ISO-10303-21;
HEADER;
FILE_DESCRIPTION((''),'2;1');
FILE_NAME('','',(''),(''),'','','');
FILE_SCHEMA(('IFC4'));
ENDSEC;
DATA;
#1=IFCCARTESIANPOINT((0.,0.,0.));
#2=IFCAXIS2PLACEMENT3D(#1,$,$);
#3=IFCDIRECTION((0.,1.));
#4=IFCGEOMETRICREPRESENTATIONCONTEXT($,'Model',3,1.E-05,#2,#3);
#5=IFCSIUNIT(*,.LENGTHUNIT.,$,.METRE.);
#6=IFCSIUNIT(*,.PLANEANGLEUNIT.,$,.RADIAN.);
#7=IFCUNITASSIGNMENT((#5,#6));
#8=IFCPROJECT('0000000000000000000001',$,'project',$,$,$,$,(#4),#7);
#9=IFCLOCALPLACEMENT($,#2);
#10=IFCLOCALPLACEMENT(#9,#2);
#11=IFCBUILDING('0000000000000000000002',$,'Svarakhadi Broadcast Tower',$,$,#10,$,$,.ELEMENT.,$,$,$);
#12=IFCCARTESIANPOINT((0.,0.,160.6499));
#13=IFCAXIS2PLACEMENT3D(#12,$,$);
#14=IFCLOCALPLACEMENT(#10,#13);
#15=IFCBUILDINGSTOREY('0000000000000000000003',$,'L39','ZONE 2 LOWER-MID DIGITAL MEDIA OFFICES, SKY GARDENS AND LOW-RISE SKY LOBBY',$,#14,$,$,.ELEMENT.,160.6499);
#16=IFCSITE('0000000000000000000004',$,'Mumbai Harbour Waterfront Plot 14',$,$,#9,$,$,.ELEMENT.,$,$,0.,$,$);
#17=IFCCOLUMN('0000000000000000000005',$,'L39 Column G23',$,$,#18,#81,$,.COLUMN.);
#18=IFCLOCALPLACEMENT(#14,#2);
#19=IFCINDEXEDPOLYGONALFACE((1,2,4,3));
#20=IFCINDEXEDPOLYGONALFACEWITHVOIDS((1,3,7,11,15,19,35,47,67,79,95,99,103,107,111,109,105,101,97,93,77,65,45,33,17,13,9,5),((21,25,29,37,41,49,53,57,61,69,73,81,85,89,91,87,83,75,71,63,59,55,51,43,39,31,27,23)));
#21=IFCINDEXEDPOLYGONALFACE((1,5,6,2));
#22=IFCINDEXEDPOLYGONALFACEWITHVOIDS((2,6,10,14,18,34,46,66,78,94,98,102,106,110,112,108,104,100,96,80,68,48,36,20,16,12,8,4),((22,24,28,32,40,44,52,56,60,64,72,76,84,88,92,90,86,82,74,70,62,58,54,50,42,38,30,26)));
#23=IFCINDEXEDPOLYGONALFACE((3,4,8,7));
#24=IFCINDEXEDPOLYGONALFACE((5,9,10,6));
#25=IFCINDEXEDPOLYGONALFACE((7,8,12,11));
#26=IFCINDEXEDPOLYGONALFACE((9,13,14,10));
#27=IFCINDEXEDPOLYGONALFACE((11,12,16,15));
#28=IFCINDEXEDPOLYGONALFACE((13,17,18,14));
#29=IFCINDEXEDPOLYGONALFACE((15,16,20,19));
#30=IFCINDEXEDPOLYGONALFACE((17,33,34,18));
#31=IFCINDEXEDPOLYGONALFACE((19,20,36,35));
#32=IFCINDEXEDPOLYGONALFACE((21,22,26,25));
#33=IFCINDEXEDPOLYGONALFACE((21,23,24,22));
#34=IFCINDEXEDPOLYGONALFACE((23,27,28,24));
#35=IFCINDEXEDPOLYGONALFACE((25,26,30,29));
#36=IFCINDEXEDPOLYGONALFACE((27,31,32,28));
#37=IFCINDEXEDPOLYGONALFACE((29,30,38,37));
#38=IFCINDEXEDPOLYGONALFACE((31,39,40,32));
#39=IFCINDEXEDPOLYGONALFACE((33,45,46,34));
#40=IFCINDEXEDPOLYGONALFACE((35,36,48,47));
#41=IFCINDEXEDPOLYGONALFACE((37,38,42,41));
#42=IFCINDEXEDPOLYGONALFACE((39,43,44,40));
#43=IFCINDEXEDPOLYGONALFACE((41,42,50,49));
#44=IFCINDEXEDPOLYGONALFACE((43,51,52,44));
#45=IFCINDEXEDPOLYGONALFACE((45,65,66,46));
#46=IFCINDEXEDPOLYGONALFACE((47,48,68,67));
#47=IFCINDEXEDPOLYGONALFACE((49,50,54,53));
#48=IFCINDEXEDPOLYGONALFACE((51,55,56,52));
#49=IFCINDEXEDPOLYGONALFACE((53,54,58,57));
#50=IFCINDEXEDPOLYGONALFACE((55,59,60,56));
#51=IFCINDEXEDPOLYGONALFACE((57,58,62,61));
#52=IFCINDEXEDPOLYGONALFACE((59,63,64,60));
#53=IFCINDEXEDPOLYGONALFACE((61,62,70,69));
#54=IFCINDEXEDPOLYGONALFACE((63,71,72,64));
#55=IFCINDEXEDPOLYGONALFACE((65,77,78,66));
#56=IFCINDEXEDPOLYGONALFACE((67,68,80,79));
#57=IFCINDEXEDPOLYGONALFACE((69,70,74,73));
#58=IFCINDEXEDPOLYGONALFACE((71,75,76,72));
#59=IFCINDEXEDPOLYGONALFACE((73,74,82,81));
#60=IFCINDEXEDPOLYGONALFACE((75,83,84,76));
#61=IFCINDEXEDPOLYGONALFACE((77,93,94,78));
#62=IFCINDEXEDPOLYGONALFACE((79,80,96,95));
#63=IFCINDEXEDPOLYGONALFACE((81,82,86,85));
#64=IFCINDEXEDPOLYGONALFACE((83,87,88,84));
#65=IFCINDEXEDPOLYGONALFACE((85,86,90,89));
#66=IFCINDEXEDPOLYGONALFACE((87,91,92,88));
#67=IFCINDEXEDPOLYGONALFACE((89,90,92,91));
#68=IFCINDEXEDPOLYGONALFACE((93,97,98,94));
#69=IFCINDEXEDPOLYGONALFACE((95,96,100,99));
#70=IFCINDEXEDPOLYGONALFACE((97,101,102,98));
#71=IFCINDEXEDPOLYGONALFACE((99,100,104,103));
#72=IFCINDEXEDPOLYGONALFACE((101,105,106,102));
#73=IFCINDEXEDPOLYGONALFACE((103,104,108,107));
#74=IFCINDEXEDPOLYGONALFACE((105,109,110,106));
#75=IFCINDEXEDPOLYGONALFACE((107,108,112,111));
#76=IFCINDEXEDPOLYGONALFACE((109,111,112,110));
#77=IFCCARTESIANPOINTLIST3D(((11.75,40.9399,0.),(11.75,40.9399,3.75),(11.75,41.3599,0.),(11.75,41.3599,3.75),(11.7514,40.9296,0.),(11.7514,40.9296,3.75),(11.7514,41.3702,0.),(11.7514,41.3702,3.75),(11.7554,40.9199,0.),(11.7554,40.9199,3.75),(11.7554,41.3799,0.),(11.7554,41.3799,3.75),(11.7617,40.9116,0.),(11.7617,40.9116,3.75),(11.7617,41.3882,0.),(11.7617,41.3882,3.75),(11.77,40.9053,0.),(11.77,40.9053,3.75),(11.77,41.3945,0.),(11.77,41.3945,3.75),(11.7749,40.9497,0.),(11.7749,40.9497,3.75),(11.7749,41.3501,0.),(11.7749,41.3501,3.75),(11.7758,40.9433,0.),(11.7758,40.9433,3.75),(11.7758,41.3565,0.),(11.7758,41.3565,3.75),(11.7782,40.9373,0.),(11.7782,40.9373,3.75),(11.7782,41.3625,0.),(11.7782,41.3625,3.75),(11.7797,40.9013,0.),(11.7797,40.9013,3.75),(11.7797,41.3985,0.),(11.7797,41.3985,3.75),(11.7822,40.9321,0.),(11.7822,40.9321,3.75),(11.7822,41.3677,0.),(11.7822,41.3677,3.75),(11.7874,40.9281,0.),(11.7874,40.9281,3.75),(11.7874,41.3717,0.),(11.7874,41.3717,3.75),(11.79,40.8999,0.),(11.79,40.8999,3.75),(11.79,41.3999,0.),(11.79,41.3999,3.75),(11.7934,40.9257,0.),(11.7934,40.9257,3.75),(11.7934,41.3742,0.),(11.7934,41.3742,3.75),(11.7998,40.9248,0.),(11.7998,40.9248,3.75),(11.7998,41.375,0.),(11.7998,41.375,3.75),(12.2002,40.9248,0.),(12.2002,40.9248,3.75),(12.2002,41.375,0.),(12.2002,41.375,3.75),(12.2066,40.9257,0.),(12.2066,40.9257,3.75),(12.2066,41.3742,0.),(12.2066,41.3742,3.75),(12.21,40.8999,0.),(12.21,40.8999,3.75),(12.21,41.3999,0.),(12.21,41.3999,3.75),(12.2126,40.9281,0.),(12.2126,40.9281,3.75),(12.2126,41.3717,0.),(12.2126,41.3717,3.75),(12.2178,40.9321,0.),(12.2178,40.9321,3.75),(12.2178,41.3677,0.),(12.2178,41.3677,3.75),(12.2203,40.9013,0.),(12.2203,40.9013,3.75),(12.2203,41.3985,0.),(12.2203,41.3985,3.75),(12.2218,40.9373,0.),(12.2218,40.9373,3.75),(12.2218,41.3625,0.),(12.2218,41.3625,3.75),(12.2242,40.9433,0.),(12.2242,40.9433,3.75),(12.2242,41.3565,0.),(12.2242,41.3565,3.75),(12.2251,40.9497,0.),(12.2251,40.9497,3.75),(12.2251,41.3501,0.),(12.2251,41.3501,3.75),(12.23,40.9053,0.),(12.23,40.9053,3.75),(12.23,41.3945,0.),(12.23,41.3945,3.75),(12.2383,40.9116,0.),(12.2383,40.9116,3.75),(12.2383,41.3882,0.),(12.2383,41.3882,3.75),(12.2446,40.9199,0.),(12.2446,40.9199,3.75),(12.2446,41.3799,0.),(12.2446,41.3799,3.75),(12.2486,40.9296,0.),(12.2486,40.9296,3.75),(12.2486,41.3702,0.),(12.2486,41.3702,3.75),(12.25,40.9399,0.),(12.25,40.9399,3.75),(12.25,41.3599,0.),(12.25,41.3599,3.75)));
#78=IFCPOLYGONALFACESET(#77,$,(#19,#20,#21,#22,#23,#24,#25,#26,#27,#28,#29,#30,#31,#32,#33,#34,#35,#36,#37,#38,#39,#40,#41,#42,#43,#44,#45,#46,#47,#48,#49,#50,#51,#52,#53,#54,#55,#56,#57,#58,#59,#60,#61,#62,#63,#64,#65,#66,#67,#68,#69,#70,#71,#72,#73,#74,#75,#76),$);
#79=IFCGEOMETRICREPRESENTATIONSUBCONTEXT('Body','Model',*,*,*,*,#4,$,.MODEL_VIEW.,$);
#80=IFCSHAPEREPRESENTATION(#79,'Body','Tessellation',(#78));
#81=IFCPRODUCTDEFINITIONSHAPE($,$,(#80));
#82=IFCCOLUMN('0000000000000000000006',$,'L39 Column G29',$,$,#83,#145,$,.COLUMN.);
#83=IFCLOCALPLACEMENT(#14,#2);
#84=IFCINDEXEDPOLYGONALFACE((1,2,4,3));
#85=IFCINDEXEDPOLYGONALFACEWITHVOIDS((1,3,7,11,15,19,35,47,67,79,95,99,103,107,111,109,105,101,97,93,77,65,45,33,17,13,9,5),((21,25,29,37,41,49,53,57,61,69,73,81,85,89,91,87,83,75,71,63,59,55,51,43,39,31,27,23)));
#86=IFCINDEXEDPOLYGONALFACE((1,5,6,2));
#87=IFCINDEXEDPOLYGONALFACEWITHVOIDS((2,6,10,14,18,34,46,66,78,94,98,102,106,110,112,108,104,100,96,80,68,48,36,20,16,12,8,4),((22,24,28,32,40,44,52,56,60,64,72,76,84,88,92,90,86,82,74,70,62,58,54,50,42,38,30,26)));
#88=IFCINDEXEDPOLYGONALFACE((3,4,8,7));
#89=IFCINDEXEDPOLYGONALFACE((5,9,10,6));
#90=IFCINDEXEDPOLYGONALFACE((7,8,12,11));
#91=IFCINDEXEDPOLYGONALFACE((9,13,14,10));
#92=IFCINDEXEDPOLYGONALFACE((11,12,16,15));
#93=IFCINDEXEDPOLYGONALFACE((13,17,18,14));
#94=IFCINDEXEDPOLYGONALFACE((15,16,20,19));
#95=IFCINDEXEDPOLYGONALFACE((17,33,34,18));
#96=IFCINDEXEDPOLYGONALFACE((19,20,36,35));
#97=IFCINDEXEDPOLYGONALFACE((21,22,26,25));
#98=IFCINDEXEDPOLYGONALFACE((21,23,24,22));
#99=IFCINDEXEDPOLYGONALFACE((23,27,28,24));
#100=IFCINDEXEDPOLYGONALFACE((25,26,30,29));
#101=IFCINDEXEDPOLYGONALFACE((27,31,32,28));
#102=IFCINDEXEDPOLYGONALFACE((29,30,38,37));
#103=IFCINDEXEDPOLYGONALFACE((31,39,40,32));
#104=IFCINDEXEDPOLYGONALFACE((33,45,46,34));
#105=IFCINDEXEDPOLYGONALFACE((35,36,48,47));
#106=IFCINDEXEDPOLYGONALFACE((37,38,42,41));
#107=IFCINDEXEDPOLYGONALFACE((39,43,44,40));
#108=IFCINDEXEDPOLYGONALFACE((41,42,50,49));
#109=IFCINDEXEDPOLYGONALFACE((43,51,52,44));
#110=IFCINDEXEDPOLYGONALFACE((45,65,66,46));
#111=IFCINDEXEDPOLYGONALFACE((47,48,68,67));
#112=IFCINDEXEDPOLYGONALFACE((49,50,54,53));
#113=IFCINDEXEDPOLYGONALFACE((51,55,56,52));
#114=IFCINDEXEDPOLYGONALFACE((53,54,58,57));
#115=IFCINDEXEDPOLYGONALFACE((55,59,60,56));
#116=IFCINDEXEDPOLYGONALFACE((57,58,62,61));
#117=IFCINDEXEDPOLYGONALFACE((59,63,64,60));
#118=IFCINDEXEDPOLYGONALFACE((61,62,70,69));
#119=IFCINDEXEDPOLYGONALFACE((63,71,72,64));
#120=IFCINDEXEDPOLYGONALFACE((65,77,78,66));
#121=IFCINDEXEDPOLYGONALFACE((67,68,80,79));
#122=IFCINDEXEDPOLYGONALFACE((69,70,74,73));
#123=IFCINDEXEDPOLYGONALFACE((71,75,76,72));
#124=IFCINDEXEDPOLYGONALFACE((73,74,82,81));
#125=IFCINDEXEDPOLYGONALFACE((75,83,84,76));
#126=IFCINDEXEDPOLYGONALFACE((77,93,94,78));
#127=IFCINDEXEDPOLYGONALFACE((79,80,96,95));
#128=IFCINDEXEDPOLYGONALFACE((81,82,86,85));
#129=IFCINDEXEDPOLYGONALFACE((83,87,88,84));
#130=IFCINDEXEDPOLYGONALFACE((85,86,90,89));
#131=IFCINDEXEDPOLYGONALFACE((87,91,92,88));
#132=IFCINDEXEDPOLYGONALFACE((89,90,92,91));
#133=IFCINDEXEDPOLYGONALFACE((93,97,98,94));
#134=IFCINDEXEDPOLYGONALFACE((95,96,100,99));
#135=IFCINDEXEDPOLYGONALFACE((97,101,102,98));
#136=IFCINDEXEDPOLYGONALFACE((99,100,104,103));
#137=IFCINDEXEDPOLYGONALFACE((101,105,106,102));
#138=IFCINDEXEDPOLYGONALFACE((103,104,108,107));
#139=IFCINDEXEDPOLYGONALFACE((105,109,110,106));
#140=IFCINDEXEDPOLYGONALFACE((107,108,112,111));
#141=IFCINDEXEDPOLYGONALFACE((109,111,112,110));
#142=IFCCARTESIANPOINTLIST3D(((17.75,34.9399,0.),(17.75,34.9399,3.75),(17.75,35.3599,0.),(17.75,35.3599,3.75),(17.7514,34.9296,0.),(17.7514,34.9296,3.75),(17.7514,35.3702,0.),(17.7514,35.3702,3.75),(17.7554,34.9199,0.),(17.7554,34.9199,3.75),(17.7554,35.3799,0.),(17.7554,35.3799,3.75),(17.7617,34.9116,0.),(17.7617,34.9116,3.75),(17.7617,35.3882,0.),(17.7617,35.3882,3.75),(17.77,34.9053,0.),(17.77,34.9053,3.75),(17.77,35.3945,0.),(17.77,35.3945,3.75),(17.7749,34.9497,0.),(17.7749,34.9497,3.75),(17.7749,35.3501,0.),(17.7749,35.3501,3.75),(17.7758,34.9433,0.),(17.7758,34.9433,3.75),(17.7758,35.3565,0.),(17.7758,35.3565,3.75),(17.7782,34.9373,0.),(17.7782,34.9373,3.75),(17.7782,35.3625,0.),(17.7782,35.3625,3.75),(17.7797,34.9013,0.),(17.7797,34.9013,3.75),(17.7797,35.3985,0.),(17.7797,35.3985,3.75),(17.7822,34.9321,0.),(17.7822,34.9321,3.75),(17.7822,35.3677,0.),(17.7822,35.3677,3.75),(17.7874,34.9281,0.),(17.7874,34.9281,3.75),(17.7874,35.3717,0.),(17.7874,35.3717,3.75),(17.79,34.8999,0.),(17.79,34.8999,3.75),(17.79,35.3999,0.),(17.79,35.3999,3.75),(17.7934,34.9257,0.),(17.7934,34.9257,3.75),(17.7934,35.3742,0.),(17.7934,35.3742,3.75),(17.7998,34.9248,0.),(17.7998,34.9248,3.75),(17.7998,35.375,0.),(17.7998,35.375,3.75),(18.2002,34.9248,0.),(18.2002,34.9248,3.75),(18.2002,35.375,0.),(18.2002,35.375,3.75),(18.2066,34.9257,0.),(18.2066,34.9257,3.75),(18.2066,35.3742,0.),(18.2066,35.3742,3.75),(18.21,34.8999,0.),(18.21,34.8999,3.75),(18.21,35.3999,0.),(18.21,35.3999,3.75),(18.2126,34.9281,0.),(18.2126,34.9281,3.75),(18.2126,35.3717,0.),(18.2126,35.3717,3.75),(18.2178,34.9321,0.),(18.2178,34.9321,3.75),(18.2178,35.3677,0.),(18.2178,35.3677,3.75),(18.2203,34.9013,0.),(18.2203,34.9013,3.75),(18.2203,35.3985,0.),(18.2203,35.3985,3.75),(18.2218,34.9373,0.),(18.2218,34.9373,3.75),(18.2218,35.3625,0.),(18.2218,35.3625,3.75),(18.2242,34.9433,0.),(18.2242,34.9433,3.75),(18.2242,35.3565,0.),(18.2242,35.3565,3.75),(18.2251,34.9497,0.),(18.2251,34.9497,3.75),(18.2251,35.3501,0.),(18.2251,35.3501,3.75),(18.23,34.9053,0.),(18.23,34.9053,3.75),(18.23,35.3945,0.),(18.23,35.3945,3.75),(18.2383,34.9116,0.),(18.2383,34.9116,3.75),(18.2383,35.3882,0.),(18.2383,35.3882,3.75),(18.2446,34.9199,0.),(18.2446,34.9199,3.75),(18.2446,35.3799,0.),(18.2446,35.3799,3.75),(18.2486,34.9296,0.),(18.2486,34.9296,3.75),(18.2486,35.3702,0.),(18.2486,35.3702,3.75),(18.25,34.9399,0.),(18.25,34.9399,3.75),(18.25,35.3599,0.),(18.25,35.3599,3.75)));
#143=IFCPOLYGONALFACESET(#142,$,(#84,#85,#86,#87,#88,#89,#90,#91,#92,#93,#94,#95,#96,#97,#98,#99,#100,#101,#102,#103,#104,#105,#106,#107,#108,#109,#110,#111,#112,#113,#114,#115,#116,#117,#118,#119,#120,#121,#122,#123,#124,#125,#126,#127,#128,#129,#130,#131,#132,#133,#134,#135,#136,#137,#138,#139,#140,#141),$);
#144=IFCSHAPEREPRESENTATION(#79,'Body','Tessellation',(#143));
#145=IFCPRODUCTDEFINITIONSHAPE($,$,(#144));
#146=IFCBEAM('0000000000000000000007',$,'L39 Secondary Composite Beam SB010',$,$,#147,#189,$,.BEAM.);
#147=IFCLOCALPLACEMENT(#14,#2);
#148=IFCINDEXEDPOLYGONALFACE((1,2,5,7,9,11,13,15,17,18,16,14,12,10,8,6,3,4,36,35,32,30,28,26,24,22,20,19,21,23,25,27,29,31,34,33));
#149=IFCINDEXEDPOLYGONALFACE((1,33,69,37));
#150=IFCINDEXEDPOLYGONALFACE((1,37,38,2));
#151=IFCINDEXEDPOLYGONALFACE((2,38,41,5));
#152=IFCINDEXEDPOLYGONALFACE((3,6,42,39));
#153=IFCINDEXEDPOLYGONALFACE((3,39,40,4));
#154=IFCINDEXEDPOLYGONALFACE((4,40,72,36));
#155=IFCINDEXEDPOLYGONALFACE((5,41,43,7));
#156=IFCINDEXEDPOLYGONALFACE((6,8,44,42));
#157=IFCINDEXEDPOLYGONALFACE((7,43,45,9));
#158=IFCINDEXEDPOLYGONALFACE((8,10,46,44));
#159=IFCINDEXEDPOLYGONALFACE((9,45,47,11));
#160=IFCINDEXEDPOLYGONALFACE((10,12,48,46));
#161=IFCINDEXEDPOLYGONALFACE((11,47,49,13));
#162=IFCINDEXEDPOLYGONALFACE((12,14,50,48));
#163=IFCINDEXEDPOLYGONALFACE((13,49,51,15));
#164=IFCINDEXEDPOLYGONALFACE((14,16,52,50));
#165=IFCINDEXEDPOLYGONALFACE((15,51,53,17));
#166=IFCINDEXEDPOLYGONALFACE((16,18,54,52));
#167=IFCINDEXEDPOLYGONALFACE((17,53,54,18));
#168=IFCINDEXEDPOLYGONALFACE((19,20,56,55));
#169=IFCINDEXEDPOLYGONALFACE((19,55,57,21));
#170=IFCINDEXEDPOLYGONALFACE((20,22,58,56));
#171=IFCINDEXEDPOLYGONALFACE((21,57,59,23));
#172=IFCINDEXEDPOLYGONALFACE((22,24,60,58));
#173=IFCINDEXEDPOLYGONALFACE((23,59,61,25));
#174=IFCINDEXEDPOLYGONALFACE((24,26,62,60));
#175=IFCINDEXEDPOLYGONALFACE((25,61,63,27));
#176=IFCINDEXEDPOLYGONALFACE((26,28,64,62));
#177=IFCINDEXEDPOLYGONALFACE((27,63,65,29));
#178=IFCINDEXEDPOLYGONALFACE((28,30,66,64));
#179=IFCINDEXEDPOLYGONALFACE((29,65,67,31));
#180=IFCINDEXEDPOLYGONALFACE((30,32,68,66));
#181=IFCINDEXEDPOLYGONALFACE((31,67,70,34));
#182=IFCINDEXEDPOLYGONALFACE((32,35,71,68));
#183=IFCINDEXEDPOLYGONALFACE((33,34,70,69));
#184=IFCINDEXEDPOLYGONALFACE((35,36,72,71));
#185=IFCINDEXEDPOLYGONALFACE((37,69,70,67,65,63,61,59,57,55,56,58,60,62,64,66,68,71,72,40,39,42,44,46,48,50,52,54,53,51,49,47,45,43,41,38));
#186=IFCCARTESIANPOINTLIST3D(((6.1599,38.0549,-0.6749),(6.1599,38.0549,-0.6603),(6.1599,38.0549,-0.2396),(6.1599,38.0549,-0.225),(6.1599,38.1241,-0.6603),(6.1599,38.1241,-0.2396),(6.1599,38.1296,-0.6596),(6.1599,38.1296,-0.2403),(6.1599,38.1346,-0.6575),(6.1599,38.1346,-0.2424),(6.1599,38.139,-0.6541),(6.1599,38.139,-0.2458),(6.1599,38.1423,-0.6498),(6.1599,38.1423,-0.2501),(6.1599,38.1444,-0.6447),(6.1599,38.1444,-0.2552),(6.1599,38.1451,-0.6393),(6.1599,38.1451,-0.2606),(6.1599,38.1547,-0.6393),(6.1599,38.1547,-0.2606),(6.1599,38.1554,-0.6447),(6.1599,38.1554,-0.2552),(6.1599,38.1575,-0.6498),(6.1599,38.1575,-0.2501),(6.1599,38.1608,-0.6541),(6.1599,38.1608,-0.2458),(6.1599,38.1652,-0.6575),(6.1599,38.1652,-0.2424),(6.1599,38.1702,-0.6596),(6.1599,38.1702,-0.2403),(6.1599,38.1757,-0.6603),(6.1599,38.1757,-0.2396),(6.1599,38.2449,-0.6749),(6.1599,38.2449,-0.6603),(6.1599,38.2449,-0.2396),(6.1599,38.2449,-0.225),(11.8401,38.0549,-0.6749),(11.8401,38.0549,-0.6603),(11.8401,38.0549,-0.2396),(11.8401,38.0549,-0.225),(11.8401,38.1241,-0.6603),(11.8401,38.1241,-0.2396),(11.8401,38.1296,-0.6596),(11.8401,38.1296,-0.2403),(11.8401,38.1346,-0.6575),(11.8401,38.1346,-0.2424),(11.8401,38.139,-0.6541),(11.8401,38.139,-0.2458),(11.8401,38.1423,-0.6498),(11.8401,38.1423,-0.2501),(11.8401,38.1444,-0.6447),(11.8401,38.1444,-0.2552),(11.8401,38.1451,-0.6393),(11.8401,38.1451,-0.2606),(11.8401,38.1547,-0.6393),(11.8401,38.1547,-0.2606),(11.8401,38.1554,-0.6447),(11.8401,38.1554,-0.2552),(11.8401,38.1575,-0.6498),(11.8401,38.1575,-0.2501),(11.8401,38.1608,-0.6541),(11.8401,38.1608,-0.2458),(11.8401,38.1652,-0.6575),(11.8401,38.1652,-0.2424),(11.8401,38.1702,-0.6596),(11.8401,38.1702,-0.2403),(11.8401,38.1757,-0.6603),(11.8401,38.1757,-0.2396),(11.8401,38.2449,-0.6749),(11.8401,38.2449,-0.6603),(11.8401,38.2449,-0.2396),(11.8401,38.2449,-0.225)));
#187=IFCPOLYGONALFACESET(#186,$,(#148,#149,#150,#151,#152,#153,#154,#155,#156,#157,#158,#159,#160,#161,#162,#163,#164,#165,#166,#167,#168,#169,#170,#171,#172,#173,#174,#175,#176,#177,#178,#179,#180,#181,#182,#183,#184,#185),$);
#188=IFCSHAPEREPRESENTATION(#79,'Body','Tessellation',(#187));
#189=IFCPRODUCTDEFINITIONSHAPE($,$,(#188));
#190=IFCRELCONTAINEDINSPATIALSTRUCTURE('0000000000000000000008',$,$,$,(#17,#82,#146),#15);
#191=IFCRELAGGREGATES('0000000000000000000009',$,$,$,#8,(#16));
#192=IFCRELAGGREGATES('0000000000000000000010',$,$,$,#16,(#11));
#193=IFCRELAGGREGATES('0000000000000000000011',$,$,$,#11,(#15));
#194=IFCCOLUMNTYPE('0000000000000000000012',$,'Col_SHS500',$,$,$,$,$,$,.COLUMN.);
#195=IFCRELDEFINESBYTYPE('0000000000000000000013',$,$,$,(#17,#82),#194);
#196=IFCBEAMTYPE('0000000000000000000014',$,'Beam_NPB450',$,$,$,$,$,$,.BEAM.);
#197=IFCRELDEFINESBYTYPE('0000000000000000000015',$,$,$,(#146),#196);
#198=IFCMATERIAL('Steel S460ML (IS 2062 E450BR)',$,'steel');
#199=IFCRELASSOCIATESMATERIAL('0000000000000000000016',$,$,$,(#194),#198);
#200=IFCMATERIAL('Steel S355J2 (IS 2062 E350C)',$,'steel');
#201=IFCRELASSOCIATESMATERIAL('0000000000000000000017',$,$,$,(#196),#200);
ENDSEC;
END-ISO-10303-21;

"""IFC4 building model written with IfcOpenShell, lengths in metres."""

from ifc_helpers import new_model, si_unit, direction, frame, origin, origin_2d, place, context, subcontext, project, spatial, hollow_rectangle, i_section, extrude, material, material_profile, profile_set, type_object, element, save


model = new_model("IFC4")

# Units and contexts
model_context = context("Model", 3, precision=1e-05, world=origin(), true_north=direction((0.0, 1.0)))
body_context = subcontext(model_context, "Body", "Model", "MODEL_VIEW")
ifc_project = project(units=[si_unit("LENGTHUNIT", "METRE"), si_unit("PLANEANGLEUNIT", "RADIAN")], contexts=[model_context])

# Site, building, storey
site_placement = place(None, origin())
site = spatial("IfcSite", under=ifc_project, at=site_placement, Name="Mumbai Harbour Waterfront Plot 14", CompositionType="ELEMENT", RefElevation=0.0)
building_placement = place(site_placement, origin())
building = spatial("IfcBuilding", under=site, at=building_placement, Name="Svarakhadi Broadcast Tower", CompositionType="ELEMENT")
storey_placement = place(building_placement, frame((0.0, 0.0, 160.6499)))
storey = spatial("IfcBuildingStorey", under=building, at=storey_placement, Name="L39", Description="ZONE 2 LOWER-MID DIGITAL MEDIA OFFICES, SKY GARDENS AND LOW-RISE SKY LOBBY", CompositionType="ELEMENT", Elevation=160.6499)

# Columns
ifc_material_1 = material(Name="Steel S460ML (IS 2062 E450BR)", Category="steel")
ifc_material_profile_1 = material_profile(ifc_material_1, hollow_rectangle(XDim=0.5, YDim=0.5, WallThickness=0.0249, InnerFilletRadius=0.0249, OuterFilletRadius=0.04, at=origin_2d()), Name="SHS 500x500x25")
ifc_profile_set_1 = profile_set([ifc_material_profile_1], Name="Steel S460ML (IS 2062 E450BR)")
column_type_1 = type_object("IfcColumnType", Name="Col_SHS500", PredefinedType="COLUMN", material=ifc_profile_set_1)
for number, where, z_axis, x_axis, name in (
    (1, (12.0, 41.1499, 0.0), (0.0, 0.0, 1.0), (1.0, 0.0, 0.0), "L39 Column G23"),
    (2, (18.0, 35.1499, 0.0), (0.0, 0.0, 1.0), (1.0, 0.0, 0.0), "L39 Column G29"),
):
    element("IfcColumn", number, at=place(storey_placement, frame(where, z_axis=z_axis, x_axis=x_axis)), inside=storey, type_object=column_type_1, Name=name, PredefinedType="COLUMN", context=body_context, shape_type="SweptSolid", body=[
        extrude(hollow_rectangle(XDim=0.5, YDim=0.5, WallThickness=0.0249, InnerFilletRadius=0.0249, OuterFilletRadius=0.04, at=origin_2d()), origin(), (0.0, 0.0, 1.0), 3.75),
    ])

# Beam
ifc_material_2 = material(Name="Steel S355J2 (IS 2062 E350C)", Category="steel")
ifc_material_profile_2 = material_profile(ifc_material_2, i_section(OverallWidth=0.1899, OverallDepth=0.45, WebThickness=0.0095, FlangeThickness=0.0146, FilletRadius=0.021, at=origin_2d()), Name="NPB 450x190x78")
ifc_profile_set_2 = profile_set([ifc_material_profile_2], Name="Steel S355J2 (IS 2062 E350C)")
beam_type_1 = type_object("IfcBeamType", Name="Beam_NPB450", PredefinedType="BEAM", material=ifc_profile_set_2)
for number, where, z_axis, x_axis, name in (
    (3, (6.1599, 38.1499, -0.45), (1.0, 0.0, 0.0), (0.0, 1.0, 0.0), "L39 Secondary Composite Beam SB010"),
):
    element("IfcBeam", number, at=place(storey_placement, frame(where, z_axis=z_axis, x_axis=x_axis)), inside=storey, type_object=beam_type_1, Name=name, PredefinedType="BEAM", context=body_context, shape_type="SweptSolid", body=[
        extrude(i_section(OverallWidth=0.1899, OverallDepth=0.45, WebThickness=0.0095, FlangeThickness=0.0146, FilletRadius=0.021, at=origin_2d()), origin(), (0.0, 0.0, 1.0), 5.6802),
    ])

save(model, "model.ifc")
